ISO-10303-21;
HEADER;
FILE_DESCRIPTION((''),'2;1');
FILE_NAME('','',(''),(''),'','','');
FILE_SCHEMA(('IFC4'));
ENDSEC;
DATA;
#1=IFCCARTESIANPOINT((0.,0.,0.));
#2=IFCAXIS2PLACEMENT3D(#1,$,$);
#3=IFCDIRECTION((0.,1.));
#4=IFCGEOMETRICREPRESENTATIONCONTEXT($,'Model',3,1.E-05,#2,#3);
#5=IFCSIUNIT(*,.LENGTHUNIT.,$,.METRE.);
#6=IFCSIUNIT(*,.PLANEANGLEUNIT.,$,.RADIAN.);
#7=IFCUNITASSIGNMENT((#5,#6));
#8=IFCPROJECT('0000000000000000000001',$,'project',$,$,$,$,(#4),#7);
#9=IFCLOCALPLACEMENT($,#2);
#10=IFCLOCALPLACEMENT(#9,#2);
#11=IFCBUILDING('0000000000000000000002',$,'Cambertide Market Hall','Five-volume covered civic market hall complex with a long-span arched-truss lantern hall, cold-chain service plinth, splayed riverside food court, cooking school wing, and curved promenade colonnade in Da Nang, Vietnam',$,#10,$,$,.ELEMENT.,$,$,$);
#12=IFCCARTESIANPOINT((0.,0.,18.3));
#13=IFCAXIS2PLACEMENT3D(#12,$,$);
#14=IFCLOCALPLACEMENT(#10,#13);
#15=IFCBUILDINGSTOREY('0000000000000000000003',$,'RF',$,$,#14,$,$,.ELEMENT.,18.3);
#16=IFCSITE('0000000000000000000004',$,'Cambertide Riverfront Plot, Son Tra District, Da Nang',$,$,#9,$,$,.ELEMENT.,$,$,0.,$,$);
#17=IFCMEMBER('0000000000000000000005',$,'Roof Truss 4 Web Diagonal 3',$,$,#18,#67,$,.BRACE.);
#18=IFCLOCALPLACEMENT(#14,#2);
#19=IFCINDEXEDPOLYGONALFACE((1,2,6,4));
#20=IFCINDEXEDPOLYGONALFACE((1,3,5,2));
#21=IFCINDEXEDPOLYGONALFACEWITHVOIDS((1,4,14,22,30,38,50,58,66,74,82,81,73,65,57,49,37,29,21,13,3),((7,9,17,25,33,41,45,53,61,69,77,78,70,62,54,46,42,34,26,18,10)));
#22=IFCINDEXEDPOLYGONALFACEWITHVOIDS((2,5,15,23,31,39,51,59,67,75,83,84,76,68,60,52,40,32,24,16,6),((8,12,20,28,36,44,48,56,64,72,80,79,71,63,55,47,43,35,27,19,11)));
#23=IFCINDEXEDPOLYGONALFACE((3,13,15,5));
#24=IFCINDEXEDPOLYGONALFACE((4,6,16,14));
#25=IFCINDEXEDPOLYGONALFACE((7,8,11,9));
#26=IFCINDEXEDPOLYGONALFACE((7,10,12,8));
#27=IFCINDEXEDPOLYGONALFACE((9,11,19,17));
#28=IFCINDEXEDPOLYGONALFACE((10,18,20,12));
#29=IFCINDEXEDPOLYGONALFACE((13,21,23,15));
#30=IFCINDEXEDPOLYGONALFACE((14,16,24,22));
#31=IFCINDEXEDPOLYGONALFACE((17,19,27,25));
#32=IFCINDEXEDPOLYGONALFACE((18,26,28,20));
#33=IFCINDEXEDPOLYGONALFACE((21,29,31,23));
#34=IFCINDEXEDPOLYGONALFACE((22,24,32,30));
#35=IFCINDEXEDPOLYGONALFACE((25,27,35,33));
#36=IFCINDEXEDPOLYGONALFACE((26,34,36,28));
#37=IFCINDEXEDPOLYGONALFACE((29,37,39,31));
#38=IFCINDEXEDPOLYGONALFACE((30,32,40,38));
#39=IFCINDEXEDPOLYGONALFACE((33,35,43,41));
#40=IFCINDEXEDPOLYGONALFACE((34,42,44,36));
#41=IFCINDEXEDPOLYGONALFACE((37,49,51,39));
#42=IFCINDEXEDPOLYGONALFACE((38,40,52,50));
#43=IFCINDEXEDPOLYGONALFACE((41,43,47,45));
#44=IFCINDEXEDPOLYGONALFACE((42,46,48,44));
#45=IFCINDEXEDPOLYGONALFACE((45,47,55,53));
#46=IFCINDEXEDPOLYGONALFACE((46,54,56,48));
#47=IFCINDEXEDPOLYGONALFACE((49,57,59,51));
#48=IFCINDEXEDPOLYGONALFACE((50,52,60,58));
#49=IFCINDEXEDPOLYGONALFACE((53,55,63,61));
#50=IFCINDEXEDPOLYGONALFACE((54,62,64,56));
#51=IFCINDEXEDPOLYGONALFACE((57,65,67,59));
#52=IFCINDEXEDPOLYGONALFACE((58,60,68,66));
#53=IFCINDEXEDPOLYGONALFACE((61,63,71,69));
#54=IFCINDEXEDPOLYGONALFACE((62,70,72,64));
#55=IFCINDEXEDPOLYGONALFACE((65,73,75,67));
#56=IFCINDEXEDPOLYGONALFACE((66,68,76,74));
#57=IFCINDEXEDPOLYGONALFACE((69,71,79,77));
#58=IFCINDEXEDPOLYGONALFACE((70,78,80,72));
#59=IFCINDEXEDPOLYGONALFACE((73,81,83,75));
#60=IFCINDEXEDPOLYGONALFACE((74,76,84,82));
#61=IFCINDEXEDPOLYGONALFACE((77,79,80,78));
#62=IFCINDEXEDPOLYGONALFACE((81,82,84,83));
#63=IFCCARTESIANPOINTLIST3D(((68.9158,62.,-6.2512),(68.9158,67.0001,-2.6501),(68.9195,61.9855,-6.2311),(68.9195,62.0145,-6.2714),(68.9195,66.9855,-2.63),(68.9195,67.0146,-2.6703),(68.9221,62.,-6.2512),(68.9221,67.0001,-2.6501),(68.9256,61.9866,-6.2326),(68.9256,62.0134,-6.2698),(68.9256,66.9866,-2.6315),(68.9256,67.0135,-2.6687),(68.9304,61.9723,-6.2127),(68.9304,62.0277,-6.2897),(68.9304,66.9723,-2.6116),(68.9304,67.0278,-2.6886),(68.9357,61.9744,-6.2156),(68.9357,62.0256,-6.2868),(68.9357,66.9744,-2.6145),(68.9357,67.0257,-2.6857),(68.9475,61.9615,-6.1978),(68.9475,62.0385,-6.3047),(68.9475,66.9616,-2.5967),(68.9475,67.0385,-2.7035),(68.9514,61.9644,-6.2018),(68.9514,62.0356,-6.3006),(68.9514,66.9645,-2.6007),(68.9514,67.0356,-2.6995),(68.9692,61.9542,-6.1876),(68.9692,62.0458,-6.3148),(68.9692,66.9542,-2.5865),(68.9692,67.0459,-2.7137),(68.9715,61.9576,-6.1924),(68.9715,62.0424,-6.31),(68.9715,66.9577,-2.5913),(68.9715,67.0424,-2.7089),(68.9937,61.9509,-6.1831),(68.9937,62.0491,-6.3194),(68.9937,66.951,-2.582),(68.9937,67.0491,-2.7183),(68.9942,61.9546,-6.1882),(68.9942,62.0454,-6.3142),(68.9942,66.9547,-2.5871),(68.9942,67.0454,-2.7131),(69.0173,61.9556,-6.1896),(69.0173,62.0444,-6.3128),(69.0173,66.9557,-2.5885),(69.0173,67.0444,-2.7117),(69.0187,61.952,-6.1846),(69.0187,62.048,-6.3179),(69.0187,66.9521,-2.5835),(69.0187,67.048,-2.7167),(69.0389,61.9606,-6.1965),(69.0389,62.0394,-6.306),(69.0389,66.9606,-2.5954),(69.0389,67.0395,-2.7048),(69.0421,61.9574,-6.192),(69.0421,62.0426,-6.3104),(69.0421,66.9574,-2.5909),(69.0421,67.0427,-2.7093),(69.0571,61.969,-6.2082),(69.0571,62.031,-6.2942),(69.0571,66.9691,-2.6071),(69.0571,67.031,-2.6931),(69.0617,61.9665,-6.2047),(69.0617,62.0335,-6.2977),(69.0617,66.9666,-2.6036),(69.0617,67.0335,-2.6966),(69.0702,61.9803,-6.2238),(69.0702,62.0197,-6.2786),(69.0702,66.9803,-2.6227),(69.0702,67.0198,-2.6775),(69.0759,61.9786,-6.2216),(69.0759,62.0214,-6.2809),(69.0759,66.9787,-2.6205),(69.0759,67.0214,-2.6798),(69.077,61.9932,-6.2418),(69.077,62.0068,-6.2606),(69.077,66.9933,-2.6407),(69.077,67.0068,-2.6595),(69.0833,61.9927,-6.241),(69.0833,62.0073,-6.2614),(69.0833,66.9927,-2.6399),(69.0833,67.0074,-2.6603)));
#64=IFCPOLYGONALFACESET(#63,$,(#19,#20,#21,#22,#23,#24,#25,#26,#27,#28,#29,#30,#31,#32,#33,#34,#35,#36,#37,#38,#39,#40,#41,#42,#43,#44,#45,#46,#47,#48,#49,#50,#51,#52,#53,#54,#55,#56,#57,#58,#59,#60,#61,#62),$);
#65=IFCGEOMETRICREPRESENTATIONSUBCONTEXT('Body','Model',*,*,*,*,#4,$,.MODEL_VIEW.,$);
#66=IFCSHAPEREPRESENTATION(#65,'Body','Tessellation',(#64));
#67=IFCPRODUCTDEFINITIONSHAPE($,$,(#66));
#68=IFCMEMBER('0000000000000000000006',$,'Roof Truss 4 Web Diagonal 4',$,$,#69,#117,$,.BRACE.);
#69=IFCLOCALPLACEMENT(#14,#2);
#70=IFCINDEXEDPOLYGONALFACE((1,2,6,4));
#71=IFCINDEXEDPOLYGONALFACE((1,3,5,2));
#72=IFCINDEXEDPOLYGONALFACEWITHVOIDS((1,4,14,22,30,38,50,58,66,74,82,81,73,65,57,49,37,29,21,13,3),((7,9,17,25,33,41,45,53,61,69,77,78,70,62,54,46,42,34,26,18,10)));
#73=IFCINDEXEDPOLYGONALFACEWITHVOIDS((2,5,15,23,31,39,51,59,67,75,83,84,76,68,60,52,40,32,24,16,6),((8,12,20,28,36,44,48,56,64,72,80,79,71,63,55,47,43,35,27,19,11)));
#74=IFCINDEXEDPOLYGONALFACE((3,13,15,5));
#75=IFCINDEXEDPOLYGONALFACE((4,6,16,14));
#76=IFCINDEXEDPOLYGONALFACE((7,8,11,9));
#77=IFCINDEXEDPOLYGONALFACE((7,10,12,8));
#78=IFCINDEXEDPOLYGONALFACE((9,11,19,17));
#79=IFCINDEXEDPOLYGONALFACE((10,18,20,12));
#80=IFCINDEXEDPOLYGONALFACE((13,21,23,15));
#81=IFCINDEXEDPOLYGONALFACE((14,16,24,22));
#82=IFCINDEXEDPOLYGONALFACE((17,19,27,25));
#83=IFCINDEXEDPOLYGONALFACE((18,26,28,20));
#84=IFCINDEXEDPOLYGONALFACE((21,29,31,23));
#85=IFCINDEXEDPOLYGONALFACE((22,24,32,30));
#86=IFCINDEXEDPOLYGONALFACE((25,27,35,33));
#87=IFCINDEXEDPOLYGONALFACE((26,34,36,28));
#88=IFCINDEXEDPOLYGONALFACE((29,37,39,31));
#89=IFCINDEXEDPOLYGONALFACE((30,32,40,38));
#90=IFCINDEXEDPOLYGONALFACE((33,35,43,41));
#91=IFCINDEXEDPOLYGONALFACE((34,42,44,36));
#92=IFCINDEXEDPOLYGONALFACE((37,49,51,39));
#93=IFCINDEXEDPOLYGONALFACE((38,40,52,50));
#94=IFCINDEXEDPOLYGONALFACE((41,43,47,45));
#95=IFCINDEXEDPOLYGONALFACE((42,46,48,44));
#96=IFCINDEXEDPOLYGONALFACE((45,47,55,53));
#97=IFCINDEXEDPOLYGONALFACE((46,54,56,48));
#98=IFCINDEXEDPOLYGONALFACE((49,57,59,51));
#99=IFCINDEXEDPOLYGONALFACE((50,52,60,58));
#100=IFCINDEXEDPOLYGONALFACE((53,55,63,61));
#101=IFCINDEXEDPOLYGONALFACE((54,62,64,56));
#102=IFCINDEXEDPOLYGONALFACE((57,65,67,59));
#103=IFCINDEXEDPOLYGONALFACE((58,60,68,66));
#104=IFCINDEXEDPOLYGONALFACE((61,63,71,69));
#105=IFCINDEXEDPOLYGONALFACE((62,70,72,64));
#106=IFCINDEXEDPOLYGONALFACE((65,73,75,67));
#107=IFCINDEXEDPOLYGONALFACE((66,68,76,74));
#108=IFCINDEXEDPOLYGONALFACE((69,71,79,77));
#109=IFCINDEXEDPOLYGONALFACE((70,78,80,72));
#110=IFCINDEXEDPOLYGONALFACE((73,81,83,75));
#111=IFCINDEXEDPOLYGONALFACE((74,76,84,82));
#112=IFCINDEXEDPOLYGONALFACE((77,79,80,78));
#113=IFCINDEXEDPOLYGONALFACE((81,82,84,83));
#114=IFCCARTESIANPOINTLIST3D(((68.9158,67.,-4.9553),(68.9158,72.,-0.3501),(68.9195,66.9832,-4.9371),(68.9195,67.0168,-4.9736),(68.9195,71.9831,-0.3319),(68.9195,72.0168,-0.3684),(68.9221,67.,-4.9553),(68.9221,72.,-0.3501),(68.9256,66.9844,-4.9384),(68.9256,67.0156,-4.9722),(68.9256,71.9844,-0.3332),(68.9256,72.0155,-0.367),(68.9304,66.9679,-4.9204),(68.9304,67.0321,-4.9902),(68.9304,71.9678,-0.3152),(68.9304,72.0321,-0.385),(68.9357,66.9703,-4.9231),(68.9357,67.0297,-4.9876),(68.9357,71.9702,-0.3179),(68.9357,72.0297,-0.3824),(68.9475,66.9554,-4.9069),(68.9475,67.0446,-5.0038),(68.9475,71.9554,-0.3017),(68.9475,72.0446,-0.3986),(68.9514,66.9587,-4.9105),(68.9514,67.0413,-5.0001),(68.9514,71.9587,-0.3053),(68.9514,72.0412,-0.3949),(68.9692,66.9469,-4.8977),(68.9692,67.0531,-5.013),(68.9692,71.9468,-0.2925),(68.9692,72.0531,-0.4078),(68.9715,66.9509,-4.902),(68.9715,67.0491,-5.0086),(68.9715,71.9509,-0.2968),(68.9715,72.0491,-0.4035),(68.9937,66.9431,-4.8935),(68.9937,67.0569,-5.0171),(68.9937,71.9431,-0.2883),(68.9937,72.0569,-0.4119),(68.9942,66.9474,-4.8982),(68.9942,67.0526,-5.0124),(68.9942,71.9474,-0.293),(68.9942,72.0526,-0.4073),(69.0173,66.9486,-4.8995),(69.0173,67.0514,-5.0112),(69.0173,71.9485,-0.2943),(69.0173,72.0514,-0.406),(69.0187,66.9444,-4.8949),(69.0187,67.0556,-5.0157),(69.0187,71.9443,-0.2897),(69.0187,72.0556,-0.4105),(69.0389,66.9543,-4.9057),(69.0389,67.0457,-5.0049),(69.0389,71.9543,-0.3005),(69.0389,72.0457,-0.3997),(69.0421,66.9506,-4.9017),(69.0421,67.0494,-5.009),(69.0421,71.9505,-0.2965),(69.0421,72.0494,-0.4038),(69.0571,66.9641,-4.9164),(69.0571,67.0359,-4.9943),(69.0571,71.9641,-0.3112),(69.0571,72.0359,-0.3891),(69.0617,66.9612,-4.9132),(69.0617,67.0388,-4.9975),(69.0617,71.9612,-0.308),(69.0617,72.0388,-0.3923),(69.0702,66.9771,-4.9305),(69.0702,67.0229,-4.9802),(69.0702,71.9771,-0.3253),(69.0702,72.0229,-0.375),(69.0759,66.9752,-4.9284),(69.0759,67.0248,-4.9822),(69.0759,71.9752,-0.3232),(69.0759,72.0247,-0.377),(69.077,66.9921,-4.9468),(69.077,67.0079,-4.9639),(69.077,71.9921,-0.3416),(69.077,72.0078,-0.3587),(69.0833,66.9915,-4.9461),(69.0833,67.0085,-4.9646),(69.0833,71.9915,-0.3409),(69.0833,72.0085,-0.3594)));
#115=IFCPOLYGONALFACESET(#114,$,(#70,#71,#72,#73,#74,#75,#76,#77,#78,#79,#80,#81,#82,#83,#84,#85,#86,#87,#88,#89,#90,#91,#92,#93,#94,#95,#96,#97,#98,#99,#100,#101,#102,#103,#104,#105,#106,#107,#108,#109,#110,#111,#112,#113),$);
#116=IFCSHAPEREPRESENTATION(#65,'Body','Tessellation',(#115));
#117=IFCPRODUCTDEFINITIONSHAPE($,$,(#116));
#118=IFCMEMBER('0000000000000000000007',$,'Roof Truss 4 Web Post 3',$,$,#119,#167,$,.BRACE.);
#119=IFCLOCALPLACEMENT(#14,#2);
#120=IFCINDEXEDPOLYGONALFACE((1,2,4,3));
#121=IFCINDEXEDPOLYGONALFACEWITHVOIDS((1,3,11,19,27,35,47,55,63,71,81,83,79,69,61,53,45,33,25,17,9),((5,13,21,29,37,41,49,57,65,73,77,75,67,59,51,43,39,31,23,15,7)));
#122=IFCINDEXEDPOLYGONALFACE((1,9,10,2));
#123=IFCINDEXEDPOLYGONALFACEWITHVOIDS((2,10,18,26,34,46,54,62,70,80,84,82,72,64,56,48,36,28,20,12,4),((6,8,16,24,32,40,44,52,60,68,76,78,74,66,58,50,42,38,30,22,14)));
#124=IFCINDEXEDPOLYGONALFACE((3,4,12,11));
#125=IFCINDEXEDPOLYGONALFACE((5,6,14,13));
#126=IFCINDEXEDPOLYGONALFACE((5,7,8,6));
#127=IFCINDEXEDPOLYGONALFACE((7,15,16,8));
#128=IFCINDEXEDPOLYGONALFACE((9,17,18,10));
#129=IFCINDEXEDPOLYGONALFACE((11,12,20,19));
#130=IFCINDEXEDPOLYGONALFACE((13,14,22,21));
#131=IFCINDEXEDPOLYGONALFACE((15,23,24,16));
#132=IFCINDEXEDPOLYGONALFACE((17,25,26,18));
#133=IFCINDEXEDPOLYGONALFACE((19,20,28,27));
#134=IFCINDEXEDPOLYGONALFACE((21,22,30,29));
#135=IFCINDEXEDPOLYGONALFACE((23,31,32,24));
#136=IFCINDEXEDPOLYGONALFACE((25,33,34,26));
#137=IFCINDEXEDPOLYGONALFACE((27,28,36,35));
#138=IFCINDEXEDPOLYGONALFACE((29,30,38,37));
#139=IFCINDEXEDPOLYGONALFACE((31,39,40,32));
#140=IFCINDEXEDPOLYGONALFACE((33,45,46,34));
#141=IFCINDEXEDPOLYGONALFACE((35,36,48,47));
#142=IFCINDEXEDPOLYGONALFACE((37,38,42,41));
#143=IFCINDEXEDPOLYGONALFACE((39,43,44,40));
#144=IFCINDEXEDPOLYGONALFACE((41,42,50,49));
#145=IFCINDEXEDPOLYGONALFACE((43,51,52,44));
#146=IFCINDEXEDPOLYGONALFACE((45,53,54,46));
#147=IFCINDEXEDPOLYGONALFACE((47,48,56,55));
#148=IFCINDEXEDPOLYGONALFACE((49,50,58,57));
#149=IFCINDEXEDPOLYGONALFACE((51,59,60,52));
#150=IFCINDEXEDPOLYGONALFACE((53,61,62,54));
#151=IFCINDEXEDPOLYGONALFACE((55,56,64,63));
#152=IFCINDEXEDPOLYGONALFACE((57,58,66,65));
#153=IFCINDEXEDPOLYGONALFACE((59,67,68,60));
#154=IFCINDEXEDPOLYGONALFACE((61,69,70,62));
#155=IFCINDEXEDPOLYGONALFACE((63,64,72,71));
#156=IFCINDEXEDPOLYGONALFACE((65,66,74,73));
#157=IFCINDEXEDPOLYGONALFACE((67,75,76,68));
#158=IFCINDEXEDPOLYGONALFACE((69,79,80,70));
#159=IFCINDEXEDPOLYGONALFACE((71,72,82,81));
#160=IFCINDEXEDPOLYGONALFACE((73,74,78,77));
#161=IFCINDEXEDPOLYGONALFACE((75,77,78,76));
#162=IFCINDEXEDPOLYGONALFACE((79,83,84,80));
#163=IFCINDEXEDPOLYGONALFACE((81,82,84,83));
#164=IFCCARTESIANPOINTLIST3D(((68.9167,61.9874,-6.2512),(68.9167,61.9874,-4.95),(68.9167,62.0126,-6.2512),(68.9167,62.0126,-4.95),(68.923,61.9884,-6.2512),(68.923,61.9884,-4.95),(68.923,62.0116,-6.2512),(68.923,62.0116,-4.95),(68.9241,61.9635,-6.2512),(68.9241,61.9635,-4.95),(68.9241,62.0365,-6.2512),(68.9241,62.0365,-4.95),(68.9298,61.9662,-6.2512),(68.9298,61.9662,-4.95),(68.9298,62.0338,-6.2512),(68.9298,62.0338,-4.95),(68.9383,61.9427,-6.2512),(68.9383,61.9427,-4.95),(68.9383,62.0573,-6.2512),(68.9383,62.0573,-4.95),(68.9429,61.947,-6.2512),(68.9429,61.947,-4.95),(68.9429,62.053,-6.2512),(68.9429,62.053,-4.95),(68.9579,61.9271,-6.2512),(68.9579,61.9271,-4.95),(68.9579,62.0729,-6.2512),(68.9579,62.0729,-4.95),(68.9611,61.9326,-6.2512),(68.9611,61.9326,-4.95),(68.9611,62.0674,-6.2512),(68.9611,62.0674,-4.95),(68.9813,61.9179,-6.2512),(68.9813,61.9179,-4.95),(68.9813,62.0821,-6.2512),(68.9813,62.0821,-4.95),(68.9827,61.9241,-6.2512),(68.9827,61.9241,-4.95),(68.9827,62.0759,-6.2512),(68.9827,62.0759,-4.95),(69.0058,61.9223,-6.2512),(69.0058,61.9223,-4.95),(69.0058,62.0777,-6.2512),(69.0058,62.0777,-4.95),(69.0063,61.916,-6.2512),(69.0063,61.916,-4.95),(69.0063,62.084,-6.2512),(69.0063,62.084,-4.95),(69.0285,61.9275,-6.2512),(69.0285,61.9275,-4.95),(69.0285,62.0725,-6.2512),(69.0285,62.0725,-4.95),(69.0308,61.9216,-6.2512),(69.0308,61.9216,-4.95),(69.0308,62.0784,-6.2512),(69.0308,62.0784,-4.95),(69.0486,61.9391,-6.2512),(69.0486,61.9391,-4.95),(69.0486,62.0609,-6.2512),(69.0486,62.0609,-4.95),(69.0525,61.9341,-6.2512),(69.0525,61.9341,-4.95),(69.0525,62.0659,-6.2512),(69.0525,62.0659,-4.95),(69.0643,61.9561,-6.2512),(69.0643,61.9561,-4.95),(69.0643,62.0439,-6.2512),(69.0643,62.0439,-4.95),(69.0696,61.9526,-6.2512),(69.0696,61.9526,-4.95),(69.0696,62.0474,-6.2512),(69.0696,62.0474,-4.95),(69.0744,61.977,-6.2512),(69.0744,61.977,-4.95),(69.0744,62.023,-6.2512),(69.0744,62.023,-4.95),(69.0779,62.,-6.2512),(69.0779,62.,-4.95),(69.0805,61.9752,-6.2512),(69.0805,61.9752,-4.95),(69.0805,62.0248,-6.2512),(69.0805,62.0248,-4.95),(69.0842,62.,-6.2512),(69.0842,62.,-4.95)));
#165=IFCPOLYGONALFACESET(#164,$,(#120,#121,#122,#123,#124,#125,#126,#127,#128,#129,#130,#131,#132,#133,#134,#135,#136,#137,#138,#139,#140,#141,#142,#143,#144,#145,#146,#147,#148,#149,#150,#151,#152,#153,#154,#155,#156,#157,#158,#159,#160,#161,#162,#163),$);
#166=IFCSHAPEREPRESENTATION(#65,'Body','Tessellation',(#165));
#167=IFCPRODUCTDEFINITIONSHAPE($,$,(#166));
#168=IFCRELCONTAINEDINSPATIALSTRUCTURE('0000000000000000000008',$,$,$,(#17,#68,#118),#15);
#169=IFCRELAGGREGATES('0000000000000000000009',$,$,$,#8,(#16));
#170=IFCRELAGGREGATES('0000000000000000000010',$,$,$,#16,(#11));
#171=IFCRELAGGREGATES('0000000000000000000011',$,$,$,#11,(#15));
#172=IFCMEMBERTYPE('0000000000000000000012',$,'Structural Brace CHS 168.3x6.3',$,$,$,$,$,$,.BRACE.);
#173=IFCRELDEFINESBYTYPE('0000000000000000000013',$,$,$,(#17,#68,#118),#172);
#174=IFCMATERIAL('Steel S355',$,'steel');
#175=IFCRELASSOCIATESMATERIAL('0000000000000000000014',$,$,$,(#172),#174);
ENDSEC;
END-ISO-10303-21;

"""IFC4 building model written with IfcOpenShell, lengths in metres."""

from ifc_helpers import new_model, si_unit, direction, frame, origin, origin_2d, place, context, subcontext, project, spatial, hollow_circle, extrude, material, material_profile, profile_set, type_object, element, save


model = new_model("IFC4")

# Units and contexts
model_context = context("Model", 3, precision=1e-05, world=origin(), true_north=direction((0.0, 1.0)))
body_context = subcontext(model_context, "Body", "Model", "MODEL_VIEW")
ifc_project = project(units=[si_unit("LENGTHUNIT", "METRE"), si_unit("PLANEANGLEUNIT", "RADIAN")], contexts=[model_context])

# Site, building, storey
site_placement = place(None, origin())
site = spatial("IfcSite", under=ifc_project, at=site_placement, Name="Cambertide Riverfront Plot, Son Tra District, Da Nang", CompositionType="ELEMENT", RefElevation=0.0)
building_placement = place(site_placement, origin())
building = spatial("IfcBuilding", under=site, at=building_placement, Name="Cambertide Market Hall", Description="Five-volume covered civic market hall complex with a long-span arched-truss lantern hall, cold-chain service plinth, splayed riverside food court, cooking school wing, and curved promenade colonnade in Da Nang, Vietnam", CompositionType="ELEMENT")
storey_placement = place(building_placement, frame((0.0, 0.0, 18.3)))
storey = spatial("IfcBuildingStorey", under=building, at=storey_placement, Name="RF", CompositionType="ELEMENT", Elevation=18.3)

# Members
ifc_material_1 = material(Name="Steel S355", Category="steel")
ifc_material_profile_1 = material_profile(ifc_material_1, hollow_circle(Radius=0.0842, WallThickness=0.0063, at=origin_2d()), Name="CHS 168.3x6.3")
ifc_profile_set_1 = profile_set([ifc_material_profile_1], Name="Steel S355")
member_type_1 = type_object("IfcMemberType", Name="Structural Brace CHS 168.3x6.3", PredefinedType="BRACE", material=ifc_profile_set_1)
member_1_placement = place(storey_placement, frame((69.0, 62.0, -6.2512), z_axis=(0.0, 0.811452, 0.58442), x_axis=(-1.0, 0.0, 0.0)))
element("IfcMember", 1, at=member_1_placement, inside=storey, type_object=member_type_1, Name="Roof Truss 4 Web Diagonal 3", PredefinedType="BRACE", context=body_context, shape_type="SweptSolid", body=[
    extrude(hollow_circle(Radius=0.0842, WallThickness=0.0063, at=origin_2d()), origin(), (0.0, 0.0, 1.0), 6.1619),
])
member_2_placement = place(storey_placement, frame((69.0, 67.0, -4.9553), z_axis=(0.0, 0.735548, 0.677473), x_axis=(-1.0, 0.0, 0.0)))
element("IfcMember", 2, at=member_2_placement, inside=storey, type_object=member_type_1, Name="Roof Truss 4 Web Diagonal 4", PredefinedType="BRACE", context=body_context, shape_type="SweptSolid", body=[
    extrude(hollow_circle(Radius=0.0842, WallThickness=0.0063, at=origin_2d()), origin(), (0.0, 0.0, 1.0), 6.7976),
])
member_3_placement = place(storey_placement, frame((69.0, 62.0, -6.2512), z_axis=(0.0, 0.0, 1.0), x_axis=(1.0, 0.0, 0.0)))
element("IfcMember", 3, at=member_3_placement, inside=storey, type_object=member_type_1, Name="Roof Truss 4 Web Post 3", PredefinedType="BRACE", context=body_context, shape_type="SweptSolid", body=[
    extrude(hollow_circle(Radius=0.0842, WallThickness=0.0063, at=origin_2d()), origin(), (0.0, 0.0, 1.0), 1.3013),
])

save(model, "model.ifc")
